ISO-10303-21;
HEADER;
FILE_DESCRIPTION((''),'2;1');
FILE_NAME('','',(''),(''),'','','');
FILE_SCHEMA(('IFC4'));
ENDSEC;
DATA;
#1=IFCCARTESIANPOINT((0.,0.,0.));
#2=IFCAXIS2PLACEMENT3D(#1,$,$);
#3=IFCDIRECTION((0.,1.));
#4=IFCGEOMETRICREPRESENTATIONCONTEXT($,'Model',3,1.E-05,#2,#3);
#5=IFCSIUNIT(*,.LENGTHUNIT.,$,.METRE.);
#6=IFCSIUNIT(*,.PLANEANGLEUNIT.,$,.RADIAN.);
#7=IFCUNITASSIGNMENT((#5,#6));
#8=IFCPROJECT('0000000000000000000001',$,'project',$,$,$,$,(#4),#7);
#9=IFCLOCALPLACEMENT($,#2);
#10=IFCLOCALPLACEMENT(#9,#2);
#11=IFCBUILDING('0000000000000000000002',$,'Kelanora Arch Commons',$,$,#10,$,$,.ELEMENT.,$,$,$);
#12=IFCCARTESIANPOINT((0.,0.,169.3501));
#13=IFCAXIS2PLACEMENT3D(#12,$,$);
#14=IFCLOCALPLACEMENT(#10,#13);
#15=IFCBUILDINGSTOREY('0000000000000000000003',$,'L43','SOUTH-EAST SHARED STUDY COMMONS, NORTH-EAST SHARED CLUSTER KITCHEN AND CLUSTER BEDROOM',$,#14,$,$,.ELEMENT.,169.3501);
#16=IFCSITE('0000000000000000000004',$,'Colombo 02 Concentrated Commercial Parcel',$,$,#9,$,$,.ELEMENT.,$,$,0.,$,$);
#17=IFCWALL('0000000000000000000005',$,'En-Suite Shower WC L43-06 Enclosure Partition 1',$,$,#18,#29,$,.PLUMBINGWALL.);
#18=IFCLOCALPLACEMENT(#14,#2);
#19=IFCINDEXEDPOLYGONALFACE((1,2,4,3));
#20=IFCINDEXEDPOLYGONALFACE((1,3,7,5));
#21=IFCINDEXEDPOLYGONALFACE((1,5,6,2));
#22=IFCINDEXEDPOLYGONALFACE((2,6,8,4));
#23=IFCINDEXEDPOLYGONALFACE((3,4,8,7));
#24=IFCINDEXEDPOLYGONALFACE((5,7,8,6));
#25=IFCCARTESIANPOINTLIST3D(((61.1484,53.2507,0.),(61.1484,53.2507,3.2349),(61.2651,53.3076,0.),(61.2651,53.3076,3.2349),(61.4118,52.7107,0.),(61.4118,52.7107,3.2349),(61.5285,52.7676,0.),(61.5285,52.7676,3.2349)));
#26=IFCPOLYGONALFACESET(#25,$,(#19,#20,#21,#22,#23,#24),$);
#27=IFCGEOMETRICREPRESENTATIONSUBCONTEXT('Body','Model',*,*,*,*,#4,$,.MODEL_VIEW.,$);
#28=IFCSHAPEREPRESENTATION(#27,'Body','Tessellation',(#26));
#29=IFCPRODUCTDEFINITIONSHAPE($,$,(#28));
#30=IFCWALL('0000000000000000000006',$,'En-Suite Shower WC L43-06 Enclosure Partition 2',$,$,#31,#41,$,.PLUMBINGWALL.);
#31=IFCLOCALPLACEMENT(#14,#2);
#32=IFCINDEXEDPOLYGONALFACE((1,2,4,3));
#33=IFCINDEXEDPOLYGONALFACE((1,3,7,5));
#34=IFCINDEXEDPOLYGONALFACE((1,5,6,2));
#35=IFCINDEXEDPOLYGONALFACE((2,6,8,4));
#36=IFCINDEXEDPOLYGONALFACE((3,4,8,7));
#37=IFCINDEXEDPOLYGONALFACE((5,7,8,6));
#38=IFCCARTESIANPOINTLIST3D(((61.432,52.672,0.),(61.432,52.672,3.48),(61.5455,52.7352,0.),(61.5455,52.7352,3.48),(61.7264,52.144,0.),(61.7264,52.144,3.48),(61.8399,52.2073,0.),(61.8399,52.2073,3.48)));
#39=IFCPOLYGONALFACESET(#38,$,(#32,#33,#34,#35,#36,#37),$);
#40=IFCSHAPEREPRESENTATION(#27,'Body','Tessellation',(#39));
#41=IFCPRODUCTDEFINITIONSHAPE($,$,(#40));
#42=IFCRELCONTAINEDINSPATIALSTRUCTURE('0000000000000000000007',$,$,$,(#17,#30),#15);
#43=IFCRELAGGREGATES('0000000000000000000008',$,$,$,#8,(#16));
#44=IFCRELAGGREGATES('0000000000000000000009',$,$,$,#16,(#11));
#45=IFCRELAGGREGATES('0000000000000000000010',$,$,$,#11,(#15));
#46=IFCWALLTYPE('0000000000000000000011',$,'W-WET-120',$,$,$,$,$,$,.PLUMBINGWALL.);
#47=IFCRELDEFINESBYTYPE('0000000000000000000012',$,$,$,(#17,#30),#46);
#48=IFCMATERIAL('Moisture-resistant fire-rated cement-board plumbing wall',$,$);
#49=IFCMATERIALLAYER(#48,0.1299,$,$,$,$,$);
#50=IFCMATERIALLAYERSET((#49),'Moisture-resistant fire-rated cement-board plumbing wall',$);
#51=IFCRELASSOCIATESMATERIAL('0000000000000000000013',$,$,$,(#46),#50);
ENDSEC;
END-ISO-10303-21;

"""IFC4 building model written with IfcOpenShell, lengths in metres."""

from ifc_helpers import new_model, si_unit, direction, frame, frame_2d, origin, place, context, subcontext, project, spatial, rectangle, extrude, material, layer, layer_set, type_object, element, save


model = new_model("IFC4")

# Units and contexts
model_context = context("Model", 3, precision=1e-05, world=origin(), true_north=direction((0.0, 1.0)))
body_context = subcontext(model_context, "Body", "Model", "MODEL_VIEW")
ifc_project = project(units=[si_unit("LENGTHUNIT", "METRE"), si_unit("PLANEANGLEUNIT", "RADIAN")], contexts=[model_context])

# Site, building, storey
site_placement = place(None, origin())
site = spatial("IfcSite", under=ifc_project, at=site_placement, Name="Colombo 02 Concentrated Commercial Parcel", CompositionType="ELEMENT", RefElevation=0.0)
building_placement = place(site_placement, origin())
building = spatial("IfcBuilding", under=site, at=building_placement, Name="Kelanora Arch Commons", CompositionType="ELEMENT")
storey_placement = place(building_placement, frame((0.0, 0.0, 169.3501)))
storey = spatial("IfcBuildingStorey", under=building, at=storey_placement, Name="L43", Description="SOUTH-EAST SHARED STUDY COMMONS, NORTH-EAST SHARED CLUSTER KITCHEN AND CLUSTER BEDROOM", CompositionType="ELEMENT", Elevation=169.3501)

# Shared definitions
ifc_material_1 = material(Name="Moisture-resistant fire-rated cement-board plumbing wall")
ifc_layer_1 = layer(ifc_material_1, 0.1299)
ifc_layer_set_1 = layer_set([ifc_layer_1], Name="Moisture-resistant fire-rated cement-board plumbing wall")
wall_type_1 = type_object("IfcWallType", Name="W-WET-120", PredefinedType="PLUMBINGWALL", material=ifc_layer_set_1)

# Walls
wall_1_placement = place(storey_placement, frame((61.2068, 53.2791, 0.0), z_axis=(0.0, 0.0, 1.0), x_axis=(0.438416, -0.898772, 0.0)))
element("IfcWall", 1, at=wall_1_placement, inside=storey, type_object=wall_type_1, Name="En-Suite Shower WC L43-06 Enclosure Partition 1", PredefinedType="PLUMBINGWALL", context=body_context, shape_type="SweptSolid", body=[
    extrude(rectangle(XDim=0.6008, YDim=0.1299, at=frame_2d((0.3003, 0.0))), origin(), (0.0, 0.0, 1.0), 3.2349),
])
wall_2_placement = place(storey_placement, frame((61.4888, 52.7036, 0.0), z_axis=(0.0, 0.0, 1.0), x_axis=(0.486979, -0.873413, 0.0)))
element("IfcWall", 2, at=wall_2_placement, inside=storey, type_object=wall_type_1, Name="En-Suite Shower WC L43-06 Enclosure Partition 2", PredefinedType="PLUMBINGWALL", context=body_context, shape_type="SweptSolid", body=[
    extrude(rectangle(XDim=0.6045, YDim=0.1299, at=frame_2d((0.3022, 0.0))), origin(), (0.0, 0.0, 1.0), 3.48),
])

save(model, "model.ifc")
